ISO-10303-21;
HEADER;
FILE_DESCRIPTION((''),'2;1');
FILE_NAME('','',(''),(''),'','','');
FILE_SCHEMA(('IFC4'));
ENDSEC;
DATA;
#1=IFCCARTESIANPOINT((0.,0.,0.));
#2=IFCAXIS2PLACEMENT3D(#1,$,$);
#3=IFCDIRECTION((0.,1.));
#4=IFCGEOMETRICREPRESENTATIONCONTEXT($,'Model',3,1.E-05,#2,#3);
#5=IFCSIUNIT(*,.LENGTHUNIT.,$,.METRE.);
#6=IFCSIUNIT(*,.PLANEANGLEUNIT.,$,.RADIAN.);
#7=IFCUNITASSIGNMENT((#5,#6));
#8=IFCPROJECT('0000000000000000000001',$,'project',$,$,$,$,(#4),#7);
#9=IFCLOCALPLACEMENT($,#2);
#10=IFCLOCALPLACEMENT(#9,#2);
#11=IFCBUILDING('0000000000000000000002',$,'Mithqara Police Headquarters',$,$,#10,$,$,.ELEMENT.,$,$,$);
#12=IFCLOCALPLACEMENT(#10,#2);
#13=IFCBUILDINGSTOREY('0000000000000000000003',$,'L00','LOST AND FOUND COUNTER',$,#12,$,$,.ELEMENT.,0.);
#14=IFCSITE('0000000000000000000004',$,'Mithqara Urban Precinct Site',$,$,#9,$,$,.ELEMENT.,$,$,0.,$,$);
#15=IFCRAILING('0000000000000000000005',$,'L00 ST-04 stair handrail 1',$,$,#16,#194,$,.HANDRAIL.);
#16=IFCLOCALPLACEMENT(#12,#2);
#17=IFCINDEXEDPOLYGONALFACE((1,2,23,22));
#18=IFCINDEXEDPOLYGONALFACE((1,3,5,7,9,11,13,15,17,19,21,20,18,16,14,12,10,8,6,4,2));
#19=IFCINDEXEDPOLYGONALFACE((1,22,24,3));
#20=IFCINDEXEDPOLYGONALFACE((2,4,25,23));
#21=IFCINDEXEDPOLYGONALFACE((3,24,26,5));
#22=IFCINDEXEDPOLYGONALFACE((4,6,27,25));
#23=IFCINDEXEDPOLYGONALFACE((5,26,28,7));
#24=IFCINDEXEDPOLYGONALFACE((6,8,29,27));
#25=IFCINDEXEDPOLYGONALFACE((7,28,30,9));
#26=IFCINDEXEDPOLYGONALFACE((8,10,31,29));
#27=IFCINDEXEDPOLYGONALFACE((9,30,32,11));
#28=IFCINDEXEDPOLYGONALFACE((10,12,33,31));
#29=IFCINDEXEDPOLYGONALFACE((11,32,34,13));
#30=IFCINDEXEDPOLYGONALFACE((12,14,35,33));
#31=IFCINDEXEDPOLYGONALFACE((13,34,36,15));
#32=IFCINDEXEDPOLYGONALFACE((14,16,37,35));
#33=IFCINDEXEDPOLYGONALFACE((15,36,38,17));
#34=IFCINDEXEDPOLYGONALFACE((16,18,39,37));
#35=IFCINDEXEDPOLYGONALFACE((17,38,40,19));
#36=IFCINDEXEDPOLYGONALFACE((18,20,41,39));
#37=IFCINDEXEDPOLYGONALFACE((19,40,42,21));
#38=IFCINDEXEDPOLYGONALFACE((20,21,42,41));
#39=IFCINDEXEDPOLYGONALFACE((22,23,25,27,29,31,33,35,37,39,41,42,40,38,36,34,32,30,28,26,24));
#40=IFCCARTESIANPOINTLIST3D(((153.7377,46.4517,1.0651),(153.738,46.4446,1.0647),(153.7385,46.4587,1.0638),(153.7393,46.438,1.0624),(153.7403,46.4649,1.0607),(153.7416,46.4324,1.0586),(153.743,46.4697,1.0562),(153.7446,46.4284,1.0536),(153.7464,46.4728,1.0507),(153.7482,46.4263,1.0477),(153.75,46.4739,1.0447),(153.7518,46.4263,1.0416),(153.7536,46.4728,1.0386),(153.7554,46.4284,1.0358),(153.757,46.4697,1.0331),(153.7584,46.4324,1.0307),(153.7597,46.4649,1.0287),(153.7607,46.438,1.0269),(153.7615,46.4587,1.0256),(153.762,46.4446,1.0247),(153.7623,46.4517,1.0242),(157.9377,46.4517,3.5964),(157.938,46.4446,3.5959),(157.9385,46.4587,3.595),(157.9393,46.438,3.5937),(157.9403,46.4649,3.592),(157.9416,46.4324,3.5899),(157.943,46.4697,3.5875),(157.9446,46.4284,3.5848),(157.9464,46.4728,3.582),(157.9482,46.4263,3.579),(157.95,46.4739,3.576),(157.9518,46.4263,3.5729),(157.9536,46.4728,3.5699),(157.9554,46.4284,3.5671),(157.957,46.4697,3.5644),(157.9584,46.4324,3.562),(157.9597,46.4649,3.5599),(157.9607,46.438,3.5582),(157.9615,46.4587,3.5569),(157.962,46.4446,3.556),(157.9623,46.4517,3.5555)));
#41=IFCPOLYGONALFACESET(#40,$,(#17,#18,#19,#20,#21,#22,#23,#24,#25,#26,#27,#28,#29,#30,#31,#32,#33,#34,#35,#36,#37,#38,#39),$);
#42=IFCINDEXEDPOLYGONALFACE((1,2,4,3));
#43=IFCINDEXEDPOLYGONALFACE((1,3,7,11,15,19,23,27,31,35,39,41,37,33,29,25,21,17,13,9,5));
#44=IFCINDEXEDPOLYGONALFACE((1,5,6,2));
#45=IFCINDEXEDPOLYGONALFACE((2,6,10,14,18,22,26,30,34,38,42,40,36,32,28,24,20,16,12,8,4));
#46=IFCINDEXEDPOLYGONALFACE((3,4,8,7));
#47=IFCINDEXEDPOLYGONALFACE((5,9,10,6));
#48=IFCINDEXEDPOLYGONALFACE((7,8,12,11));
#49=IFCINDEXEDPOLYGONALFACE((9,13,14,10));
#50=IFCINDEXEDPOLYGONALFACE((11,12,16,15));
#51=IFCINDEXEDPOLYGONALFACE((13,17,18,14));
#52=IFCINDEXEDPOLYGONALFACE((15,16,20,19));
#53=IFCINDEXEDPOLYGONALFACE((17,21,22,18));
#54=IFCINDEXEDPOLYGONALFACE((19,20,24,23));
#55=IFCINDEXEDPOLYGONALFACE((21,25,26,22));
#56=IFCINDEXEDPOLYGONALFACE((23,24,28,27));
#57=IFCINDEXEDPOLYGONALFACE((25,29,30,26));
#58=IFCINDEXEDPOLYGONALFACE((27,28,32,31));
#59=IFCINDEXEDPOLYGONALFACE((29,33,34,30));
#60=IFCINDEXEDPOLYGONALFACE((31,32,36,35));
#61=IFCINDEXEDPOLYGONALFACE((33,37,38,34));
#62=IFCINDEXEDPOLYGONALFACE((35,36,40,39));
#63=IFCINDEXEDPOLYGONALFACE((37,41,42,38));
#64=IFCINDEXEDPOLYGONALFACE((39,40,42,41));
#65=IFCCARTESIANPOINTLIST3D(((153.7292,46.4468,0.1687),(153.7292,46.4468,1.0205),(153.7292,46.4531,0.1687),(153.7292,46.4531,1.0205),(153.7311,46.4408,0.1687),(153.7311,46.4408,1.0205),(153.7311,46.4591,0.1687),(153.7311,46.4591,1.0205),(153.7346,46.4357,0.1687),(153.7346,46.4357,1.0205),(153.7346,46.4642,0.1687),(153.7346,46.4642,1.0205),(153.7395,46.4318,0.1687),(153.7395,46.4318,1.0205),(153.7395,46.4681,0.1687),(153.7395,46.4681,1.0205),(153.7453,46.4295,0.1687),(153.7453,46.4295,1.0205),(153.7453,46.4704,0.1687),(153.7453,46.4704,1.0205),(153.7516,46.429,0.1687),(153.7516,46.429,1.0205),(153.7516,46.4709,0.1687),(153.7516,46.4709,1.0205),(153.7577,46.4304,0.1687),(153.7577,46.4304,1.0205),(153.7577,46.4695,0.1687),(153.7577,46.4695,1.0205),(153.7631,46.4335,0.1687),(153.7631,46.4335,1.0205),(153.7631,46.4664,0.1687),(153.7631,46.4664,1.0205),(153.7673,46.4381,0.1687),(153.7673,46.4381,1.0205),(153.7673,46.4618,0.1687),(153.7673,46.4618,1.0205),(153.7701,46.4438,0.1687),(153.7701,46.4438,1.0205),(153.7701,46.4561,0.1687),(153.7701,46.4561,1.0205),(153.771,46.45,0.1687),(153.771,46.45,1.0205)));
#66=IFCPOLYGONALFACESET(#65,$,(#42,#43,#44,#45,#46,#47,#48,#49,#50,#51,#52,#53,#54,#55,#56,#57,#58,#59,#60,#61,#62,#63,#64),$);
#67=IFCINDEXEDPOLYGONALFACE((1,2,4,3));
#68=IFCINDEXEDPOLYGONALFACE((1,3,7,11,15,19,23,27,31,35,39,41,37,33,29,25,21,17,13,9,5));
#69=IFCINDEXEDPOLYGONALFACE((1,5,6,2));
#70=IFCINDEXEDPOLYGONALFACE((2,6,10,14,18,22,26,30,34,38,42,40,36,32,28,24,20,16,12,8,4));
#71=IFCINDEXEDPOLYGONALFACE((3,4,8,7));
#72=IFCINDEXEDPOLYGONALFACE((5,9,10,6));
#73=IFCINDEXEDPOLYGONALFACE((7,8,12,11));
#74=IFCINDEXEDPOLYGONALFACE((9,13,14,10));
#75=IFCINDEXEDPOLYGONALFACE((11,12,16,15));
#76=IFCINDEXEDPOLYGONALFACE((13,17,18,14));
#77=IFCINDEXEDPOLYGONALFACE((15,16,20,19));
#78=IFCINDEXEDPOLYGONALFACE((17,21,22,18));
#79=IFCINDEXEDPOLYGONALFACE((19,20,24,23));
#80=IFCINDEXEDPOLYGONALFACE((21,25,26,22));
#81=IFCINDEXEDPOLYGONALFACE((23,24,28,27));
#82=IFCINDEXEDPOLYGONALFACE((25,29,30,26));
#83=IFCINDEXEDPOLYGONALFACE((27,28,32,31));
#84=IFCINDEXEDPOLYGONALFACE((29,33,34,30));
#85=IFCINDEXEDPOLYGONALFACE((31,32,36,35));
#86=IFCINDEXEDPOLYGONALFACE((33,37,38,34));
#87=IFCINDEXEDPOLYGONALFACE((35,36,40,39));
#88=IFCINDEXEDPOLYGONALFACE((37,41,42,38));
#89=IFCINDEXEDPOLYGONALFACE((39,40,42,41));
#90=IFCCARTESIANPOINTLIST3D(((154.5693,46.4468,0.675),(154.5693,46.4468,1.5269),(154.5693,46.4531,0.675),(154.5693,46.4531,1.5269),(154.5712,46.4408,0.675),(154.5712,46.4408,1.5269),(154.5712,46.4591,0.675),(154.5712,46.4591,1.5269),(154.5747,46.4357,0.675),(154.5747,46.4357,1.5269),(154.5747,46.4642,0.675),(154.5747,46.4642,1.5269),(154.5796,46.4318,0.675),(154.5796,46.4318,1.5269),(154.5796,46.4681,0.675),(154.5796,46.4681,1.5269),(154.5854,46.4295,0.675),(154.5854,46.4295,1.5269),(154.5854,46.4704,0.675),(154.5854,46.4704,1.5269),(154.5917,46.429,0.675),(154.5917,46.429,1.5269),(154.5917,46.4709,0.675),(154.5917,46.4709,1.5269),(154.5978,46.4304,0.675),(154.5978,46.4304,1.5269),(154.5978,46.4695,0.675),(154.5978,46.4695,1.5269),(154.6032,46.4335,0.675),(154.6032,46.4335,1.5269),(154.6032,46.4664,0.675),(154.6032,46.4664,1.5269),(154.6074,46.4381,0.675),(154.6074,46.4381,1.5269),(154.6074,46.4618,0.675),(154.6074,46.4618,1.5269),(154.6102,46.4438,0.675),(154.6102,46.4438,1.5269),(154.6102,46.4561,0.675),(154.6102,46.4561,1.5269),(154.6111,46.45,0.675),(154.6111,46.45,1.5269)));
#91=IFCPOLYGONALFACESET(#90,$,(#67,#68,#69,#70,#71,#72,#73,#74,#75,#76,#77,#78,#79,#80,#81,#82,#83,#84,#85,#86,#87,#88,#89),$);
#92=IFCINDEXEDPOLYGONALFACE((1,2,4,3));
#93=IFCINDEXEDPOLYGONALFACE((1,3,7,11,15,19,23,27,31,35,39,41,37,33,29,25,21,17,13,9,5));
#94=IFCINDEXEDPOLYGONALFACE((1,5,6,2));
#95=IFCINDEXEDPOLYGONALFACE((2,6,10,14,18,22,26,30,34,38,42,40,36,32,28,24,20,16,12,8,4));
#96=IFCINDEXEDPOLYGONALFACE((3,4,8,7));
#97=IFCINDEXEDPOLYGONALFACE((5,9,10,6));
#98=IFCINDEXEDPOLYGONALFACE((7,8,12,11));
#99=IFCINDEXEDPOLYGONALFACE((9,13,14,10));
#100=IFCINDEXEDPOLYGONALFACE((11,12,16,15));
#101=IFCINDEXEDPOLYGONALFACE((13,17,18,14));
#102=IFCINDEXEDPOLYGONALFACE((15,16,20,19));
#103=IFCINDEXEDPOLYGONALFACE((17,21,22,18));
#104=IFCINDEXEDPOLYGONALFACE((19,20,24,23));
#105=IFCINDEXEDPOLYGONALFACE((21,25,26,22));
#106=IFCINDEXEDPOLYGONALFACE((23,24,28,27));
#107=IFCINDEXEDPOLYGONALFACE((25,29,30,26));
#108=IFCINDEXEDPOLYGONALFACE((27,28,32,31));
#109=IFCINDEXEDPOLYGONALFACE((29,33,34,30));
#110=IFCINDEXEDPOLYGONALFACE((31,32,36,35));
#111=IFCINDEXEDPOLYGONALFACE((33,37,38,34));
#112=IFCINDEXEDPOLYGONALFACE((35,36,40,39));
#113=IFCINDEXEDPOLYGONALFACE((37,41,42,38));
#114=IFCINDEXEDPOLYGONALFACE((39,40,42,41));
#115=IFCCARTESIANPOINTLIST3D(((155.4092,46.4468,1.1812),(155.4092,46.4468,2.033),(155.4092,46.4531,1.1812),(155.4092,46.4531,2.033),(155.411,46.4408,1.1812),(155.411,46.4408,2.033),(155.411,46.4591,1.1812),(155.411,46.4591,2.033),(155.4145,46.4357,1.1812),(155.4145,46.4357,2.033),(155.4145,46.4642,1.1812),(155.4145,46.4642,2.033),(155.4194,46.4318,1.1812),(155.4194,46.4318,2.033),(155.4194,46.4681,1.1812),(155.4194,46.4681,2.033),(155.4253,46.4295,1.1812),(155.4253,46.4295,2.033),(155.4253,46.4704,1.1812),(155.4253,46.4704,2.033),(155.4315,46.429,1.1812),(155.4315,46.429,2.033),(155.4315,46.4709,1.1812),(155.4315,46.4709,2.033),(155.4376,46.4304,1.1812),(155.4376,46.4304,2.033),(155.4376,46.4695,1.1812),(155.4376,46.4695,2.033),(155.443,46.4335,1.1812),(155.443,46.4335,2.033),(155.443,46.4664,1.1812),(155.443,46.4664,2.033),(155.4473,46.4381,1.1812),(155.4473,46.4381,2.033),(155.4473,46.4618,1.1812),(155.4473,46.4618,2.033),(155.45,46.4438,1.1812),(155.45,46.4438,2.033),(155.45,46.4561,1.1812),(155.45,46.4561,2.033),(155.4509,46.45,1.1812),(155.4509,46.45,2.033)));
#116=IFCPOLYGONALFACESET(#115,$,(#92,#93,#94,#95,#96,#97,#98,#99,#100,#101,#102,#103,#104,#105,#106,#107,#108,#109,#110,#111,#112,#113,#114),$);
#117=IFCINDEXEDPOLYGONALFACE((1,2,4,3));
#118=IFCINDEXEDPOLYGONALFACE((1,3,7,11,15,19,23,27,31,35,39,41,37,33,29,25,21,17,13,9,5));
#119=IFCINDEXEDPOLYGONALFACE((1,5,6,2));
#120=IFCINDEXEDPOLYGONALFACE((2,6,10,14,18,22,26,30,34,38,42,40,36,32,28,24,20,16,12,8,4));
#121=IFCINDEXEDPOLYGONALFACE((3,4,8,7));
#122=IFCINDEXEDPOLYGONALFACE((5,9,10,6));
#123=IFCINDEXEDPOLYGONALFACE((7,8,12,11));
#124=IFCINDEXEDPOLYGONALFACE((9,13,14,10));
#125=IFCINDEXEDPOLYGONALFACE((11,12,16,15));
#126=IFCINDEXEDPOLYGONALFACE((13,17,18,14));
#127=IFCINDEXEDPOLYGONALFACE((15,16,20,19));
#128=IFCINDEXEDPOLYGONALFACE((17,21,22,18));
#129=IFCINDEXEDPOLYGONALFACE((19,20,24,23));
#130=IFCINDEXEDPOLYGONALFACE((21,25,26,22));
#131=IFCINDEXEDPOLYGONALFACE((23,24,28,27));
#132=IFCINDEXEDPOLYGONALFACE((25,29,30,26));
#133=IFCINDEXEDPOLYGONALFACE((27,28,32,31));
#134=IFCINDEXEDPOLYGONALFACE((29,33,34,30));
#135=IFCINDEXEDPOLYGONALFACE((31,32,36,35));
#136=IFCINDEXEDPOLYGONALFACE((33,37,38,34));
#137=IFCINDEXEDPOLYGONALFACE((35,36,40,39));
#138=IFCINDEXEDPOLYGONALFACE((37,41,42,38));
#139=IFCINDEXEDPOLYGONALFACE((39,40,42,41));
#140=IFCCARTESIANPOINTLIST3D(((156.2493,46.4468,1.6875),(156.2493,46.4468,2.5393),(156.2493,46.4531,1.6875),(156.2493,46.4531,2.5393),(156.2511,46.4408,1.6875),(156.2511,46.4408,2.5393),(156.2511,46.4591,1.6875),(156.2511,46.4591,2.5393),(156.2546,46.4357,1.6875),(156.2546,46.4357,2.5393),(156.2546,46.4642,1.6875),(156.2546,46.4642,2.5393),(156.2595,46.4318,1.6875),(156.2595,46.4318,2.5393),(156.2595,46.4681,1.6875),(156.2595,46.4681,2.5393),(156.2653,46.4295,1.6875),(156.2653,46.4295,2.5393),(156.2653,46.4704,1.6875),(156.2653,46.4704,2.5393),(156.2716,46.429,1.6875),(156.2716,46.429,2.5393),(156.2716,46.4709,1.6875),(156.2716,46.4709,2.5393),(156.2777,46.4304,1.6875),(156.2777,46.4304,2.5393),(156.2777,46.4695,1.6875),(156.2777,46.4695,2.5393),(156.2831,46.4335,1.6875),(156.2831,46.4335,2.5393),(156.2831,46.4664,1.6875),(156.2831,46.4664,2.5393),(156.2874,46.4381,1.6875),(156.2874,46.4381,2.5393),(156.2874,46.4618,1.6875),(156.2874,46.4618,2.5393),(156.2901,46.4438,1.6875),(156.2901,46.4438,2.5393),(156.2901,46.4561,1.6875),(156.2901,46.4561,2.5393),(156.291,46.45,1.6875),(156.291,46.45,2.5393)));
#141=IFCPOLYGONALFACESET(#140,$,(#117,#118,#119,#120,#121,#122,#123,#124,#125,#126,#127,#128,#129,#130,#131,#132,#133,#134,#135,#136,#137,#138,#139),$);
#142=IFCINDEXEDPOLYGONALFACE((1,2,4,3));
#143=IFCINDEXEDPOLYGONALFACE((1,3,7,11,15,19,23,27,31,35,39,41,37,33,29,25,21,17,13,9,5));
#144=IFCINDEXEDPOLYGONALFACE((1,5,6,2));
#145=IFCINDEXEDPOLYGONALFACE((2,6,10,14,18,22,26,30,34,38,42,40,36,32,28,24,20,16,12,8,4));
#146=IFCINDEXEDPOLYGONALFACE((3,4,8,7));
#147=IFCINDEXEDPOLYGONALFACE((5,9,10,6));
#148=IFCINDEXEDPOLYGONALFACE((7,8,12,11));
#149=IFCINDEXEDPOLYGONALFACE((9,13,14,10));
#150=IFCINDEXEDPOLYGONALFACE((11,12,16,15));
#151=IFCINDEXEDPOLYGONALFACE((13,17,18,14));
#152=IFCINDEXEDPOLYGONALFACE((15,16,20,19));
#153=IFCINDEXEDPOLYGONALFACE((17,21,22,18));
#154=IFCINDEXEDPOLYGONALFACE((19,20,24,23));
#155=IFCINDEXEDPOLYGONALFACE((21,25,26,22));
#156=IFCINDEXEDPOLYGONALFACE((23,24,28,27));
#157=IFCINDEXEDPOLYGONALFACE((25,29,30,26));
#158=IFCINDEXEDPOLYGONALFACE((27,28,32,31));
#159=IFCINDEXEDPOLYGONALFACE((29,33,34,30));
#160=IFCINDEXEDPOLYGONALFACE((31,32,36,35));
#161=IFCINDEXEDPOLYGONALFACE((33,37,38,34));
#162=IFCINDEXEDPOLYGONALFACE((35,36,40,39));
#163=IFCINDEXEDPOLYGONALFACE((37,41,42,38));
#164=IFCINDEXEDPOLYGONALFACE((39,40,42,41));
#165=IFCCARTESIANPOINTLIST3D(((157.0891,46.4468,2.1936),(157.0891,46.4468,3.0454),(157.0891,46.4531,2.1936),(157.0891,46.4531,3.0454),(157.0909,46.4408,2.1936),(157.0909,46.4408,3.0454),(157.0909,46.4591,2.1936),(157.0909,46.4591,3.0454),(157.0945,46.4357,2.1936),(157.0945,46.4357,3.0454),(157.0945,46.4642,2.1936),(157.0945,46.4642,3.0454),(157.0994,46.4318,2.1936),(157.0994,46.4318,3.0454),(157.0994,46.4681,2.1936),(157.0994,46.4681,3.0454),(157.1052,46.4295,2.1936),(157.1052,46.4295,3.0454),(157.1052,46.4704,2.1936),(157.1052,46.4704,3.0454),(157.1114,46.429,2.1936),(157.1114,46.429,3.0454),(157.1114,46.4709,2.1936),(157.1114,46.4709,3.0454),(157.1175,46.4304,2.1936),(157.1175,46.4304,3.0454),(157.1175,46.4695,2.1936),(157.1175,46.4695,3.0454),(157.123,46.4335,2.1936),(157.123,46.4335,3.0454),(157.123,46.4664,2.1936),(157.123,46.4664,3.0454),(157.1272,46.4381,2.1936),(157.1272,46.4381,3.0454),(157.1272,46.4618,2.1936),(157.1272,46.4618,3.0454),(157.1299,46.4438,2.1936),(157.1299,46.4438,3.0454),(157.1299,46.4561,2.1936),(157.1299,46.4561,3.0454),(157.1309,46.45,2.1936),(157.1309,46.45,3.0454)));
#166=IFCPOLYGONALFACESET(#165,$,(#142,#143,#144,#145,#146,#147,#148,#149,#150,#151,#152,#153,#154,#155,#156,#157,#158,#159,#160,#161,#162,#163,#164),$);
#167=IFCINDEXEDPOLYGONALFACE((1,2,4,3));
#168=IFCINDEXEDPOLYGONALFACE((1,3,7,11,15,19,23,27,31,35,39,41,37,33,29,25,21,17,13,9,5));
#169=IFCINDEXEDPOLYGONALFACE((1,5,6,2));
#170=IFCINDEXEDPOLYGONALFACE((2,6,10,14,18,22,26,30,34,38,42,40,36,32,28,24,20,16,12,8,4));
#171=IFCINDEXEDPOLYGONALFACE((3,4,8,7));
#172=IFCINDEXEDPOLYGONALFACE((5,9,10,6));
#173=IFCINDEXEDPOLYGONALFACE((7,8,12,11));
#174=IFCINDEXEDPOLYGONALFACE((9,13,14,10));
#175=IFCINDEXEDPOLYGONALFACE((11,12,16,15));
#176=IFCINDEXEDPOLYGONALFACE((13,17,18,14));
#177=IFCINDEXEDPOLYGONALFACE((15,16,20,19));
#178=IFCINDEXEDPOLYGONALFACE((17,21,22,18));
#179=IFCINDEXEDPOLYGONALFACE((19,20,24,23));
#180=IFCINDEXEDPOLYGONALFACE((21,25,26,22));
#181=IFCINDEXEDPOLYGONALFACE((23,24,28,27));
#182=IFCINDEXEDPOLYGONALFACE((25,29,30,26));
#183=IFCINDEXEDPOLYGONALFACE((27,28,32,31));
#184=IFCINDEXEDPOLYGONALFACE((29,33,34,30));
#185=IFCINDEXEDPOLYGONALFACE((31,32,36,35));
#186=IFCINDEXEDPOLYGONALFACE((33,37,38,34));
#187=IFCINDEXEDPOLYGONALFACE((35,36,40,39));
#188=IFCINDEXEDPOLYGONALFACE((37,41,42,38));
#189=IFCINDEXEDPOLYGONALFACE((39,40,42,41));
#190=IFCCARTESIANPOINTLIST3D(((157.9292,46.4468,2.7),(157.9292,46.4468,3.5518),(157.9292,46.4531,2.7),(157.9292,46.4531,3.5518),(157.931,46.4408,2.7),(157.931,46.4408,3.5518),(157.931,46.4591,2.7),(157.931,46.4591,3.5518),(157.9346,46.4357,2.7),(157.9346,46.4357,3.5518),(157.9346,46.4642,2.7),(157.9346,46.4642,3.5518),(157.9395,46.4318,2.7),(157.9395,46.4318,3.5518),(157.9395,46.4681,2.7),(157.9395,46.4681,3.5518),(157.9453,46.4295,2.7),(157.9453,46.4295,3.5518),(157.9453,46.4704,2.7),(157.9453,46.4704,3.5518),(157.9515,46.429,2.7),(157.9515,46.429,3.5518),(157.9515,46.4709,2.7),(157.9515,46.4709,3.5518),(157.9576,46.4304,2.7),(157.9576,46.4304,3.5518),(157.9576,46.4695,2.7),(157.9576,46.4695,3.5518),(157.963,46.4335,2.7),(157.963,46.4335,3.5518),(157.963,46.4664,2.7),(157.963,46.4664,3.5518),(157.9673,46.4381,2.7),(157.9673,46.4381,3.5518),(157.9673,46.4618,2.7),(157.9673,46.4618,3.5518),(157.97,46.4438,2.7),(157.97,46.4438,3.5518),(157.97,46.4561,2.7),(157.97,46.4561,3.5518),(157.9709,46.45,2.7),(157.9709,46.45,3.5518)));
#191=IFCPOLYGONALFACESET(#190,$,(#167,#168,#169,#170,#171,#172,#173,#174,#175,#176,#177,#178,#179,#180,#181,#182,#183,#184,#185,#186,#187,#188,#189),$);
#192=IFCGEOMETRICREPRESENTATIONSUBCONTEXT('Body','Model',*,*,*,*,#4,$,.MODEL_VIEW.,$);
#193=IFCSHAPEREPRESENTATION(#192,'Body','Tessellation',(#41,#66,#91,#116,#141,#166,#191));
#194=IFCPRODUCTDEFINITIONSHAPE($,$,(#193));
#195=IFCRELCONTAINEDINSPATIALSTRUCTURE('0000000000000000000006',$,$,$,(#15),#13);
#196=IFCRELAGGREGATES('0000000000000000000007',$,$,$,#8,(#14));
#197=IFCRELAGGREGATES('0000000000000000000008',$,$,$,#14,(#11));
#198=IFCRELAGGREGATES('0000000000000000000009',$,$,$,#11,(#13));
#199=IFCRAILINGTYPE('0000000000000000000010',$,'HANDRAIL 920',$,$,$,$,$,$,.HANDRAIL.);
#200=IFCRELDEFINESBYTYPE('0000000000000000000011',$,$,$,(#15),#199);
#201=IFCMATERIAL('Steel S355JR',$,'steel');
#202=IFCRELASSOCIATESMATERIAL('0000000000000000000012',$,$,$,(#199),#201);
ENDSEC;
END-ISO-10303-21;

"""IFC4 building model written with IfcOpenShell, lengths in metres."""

from ifc_helpers import new_model, si_unit, direction, frame, origin, origin_2d, place, context, subcontext, project, spatial, circle, extrude, material, type_object, element, save


model = new_model("IFC4")

# Units and contexts
model_context = context("Model", 3, precision=1e-05, world=origin(), true_north=direction((0.0, 1.0)))
body_context = subcontext(model_context, "Body", "Model", "MODEL_VIEW")
ifc_project = project(units=[si_unit("LENGTHUNIT", "METRE"), si_unit("PLANEANGLEUNIT", "RADIAN")], contexts=[model_context])

# Site, building, storey
site_placement = place(None, origin())
site = spatial("IfcSite", under=ifc_project, at=site_placement, Name="Mithqara Urban Precinct Site", CompositionType="ELEMENT", RefElevation=0.0)
building_placement = place(site_placement, origin())
building = spatial("IfcBuilding", under=site, at=building_placement, Name="Mithqara Police Headquarters", CompositionType="ELEMENT")
storey_placement = place(building_placement, origin())
storey = spatial("IfcBuildingStorey", under=building, at=storey_placement, Name="L00", Description="LOST AND FOUND COUNTER", CompositionType="ELEMENT", Elevation=0.0)

# Shared definitions
ifc_material_1 = material(Name="Steel S355JR", Category="steel")

# Railing
railing_type_1 = type_object("IfcRailingType", Name="HANDRAIL 920", PredefinedType="HANDRAIL", material=ifc_material_1)
railing_1_placement = place(storey_placement, frame((153.75, 46.45, 0.1687)))
element("IfcRailing", 1, at=railing_1_placement, inside=storey, type_object=railing_type_1, Name="L00 ST-04 stair handrail 1", PredefinedType="HANDRAIL", context=body_context, shape_type="SweptSolid", body=[
    extrude(circle(Radius=0.0239, at=origin_2d()), frame((0.0, 0.0, 0.876), z_axis=(0.856476, 0.0, 0.516186), x_axis=(0.0, 1.0, 0.0)), (0.0, 0.0, 1.0), 4.9038),
    extrude(circle(Radius=0.021, at=origin_2d()), origin(), (0.0, 0.0, 1.0), 0.8518),
    extrude(circle(Radius=0.021, at=origin_2d()), frame((0.8401, 0.0, 0.5063)), (0.0, 0.0, 1.0), 0.8518),
    extrude(circle(Radius=0.021, at=origin_2d()), frame((1.6799, 0.0, 1.0125)), (0.0, 0.0, 1.0), 0.8518),
    extrude(circle(Radius=0.021, at=origin_2d()), frame((2.52, 0.0, 1.5188)), (0.0, 0.0, 1.0), 0.8518),
    extrude(circle(Radius=0.021, at=origin_2d()), frame((3.3599, 0.0, 2.0249)), (0.0, 0.0, 1.0), 0.8518),
    extrude(circle(Radius=0.021, at=origin_2d()), frame((4.2, 0.0, 2.5312)), (0.0, 0.0, 1.0), 0.8518),
])

save(model, "model.ifc")
